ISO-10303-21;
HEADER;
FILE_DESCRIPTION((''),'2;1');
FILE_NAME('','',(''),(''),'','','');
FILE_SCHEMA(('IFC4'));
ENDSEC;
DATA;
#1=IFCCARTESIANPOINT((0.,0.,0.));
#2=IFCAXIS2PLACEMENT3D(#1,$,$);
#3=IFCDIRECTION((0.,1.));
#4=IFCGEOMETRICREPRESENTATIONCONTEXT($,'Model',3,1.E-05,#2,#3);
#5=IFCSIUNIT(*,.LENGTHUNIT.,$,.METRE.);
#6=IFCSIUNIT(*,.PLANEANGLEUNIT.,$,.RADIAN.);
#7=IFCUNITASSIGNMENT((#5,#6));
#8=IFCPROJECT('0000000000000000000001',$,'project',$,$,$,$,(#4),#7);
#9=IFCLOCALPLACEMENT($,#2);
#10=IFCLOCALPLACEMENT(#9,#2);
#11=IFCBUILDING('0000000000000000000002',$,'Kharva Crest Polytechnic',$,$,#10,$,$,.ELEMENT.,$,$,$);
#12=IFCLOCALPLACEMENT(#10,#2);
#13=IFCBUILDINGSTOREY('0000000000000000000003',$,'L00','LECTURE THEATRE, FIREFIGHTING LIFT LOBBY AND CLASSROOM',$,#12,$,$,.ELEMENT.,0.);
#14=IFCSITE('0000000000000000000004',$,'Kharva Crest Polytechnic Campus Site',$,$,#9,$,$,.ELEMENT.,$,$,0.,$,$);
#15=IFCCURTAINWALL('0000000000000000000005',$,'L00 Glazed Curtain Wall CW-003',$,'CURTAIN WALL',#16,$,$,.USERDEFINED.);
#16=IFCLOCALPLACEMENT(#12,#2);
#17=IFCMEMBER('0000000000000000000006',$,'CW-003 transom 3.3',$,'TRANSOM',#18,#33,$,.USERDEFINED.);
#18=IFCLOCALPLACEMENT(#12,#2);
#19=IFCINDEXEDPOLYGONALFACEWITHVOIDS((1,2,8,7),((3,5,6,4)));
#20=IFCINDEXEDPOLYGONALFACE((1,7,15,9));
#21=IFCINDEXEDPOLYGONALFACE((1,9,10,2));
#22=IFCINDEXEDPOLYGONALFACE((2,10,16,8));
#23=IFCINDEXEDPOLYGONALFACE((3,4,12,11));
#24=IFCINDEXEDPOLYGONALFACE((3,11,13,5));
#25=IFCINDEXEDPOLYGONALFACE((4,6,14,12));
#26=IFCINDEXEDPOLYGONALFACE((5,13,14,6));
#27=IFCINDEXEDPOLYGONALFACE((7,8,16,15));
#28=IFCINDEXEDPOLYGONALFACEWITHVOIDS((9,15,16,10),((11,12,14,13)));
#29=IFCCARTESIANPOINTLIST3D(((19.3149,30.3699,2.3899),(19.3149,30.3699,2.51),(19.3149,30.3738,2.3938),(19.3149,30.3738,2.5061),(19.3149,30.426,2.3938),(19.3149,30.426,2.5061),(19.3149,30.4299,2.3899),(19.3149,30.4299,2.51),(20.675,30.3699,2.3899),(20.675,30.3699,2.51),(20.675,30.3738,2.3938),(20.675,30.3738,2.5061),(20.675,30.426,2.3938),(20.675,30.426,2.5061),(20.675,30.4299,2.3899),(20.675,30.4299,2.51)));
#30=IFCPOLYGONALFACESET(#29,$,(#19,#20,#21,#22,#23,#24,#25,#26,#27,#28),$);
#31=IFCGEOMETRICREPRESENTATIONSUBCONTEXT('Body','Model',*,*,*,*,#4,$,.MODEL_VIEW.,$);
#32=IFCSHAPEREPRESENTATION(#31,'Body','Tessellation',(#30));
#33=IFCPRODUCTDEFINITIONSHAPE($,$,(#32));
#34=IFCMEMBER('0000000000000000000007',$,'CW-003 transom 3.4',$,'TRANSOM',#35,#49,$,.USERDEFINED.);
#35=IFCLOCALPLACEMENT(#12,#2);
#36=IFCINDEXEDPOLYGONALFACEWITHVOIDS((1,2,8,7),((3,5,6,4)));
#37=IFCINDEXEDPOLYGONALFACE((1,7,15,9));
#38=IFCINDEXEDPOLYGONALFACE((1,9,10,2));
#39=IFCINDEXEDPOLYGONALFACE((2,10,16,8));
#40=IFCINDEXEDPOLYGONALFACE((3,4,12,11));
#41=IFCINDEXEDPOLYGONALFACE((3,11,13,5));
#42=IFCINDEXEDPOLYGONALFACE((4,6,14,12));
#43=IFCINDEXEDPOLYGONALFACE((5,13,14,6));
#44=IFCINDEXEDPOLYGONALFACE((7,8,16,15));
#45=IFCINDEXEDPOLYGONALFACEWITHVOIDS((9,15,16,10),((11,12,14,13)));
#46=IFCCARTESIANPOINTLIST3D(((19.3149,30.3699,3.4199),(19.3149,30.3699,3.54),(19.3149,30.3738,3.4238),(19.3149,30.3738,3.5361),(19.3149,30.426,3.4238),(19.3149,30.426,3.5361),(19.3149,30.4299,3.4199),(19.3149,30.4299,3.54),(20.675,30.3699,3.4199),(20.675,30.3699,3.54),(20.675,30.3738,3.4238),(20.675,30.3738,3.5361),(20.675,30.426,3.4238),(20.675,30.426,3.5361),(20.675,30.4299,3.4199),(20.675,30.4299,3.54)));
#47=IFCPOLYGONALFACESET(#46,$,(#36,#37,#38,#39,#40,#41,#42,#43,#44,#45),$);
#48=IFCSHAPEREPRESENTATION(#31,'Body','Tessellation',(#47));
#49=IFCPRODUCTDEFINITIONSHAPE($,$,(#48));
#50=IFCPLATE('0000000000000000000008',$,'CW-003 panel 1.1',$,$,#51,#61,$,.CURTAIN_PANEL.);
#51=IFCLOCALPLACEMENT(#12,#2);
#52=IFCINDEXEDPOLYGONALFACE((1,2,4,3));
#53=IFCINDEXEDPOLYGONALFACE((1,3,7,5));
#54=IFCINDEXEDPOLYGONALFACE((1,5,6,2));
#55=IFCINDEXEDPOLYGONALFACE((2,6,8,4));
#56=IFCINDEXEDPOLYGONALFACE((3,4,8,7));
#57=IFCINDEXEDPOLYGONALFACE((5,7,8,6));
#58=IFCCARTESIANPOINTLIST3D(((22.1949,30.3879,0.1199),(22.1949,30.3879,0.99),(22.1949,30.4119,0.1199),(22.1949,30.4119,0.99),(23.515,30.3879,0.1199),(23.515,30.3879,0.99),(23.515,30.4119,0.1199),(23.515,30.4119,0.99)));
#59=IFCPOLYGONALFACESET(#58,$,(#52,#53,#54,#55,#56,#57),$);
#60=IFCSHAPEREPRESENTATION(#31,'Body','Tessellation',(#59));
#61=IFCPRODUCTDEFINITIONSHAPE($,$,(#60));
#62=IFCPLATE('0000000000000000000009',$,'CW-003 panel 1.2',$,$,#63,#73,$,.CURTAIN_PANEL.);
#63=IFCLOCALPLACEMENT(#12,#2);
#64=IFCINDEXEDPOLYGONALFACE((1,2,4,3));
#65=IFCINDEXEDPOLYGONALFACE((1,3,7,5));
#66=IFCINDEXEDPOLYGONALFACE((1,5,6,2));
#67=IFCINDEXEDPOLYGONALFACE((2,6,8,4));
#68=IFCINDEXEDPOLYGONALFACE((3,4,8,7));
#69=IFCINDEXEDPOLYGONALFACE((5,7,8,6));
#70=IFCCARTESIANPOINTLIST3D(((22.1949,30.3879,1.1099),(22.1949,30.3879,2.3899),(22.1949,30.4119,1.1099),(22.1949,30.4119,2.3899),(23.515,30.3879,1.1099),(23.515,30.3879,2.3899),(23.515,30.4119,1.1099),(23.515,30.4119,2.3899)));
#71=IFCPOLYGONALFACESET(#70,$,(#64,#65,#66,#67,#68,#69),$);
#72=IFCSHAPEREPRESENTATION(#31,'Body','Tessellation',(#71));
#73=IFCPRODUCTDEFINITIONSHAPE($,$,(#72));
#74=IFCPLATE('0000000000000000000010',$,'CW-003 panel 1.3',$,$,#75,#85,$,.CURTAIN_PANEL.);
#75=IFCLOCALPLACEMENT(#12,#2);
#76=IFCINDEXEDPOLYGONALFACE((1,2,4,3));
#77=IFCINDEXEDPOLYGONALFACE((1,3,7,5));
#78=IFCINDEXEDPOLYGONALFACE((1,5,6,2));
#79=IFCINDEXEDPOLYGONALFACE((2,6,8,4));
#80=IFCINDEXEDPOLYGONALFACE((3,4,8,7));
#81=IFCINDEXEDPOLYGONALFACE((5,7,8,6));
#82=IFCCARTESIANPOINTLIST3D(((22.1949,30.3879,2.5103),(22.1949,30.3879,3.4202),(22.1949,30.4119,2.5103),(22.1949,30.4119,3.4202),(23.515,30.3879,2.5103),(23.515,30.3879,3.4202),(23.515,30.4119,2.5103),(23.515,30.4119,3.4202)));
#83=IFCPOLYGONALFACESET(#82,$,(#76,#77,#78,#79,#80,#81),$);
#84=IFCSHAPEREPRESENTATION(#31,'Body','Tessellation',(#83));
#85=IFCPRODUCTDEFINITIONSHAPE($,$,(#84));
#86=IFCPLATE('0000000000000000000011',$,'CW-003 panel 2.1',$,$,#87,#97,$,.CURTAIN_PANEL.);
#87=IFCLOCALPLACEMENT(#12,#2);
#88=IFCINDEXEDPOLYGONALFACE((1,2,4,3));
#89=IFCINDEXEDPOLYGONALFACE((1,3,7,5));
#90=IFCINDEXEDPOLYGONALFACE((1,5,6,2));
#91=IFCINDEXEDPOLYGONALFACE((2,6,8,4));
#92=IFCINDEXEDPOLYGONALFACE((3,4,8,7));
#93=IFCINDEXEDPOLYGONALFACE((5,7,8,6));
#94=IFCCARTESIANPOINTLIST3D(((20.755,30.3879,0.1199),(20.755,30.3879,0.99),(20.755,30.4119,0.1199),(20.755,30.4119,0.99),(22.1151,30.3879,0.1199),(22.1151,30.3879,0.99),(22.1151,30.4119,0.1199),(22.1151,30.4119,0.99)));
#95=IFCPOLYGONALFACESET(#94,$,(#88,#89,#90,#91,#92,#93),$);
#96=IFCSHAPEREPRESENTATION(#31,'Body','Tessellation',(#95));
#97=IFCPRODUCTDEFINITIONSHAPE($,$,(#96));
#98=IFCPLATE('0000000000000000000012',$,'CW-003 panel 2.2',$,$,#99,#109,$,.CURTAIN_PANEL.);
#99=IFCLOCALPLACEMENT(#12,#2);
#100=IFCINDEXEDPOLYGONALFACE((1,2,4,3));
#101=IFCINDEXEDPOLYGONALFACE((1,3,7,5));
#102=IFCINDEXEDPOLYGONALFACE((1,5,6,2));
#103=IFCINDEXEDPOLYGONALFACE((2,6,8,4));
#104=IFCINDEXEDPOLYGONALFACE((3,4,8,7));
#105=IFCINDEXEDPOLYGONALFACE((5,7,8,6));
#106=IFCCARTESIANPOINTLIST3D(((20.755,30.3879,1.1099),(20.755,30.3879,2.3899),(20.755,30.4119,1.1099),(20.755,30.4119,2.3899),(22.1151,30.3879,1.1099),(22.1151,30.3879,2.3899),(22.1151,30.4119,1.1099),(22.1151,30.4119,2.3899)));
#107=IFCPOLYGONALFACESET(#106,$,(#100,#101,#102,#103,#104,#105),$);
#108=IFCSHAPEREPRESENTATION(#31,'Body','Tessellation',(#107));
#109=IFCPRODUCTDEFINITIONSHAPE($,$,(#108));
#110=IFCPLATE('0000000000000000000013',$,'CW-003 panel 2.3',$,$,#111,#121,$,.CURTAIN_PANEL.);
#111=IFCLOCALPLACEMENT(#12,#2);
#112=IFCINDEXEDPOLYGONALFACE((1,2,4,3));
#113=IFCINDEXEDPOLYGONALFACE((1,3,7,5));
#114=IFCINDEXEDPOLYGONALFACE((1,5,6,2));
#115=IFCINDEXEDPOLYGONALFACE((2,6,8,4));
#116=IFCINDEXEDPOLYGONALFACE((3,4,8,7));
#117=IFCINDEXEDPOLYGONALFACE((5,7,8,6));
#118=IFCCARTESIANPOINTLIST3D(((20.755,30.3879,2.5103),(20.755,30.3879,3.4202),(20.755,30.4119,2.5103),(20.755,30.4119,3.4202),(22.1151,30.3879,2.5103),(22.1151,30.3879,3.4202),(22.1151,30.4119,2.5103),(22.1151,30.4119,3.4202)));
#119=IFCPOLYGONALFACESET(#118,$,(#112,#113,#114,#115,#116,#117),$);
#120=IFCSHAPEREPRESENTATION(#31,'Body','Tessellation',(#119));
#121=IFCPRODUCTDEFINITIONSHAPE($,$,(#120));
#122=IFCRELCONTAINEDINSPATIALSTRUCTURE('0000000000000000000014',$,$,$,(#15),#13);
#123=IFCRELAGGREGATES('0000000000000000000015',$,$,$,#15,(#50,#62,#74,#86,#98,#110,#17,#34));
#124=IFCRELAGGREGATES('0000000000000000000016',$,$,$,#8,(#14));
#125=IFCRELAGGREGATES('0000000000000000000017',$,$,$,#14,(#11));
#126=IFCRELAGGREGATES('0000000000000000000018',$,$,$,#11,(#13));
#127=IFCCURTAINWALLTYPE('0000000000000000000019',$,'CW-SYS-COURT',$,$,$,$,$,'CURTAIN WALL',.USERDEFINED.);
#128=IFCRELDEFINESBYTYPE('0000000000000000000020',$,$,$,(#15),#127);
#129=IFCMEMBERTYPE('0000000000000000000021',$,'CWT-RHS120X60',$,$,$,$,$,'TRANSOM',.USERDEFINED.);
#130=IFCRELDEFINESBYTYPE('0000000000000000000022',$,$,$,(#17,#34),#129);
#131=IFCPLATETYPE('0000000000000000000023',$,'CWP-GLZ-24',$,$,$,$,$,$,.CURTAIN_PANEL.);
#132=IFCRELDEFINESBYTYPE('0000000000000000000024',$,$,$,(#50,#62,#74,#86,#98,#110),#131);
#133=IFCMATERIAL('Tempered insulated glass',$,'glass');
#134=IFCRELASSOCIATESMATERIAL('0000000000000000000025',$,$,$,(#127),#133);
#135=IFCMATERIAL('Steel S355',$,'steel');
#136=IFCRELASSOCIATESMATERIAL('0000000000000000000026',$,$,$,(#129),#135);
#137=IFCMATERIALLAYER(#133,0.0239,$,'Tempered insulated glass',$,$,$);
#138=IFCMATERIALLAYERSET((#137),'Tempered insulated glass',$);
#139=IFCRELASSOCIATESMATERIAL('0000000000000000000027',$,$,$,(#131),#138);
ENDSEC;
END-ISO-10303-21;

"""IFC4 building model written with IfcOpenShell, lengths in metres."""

from ifc_helpers import new_model, si_unit, direction, frame, origin, origin_2d, place, context, subcontext, project, spatial, rectangle, hollow_rectangle, extrude, material, layer, layer_set, material_profile, profile_set, type_object, element, aggregate, save


model = new_model("IFC4")

# Units and contexts
model_context = context("Model", 3, precision=1e-05, world=origin(), true_north=direction((0.0, 1.0)))
body_context = subcontext(model_context, "Body", "Model", "MODEL_VIEW")
ifc_project = project(units=[si_unit("LENGTHUNIT", "METRE"), si_unit("PLANEANGLEUNIT", "RADIAN")], contexts=[model_context])

# Site, building, storey
site_placement = place(None, origin())
site = spatial("IfcSite", under=ifc_project, at=site_placement, Name="Kharva Crest Polytechnic Campus Site", CompositionType="ELEMENT", RefElevation=0.0)
building_placement = place(site_placement, origin())
building = spatial("IfcBuilding", under=site, at=building_placement, Name="Kharva Crest Polytechnic", CompositionType="ELEMENT")
storey_placement = place(building_placement, origin())
storey = spatial("IfcBuildingStorey", under=building, at=storey_placement, Name="L00", Description="LECTURE THEATRE, FIREFIGHTING LIFT LOBBY AND CLASSROOM", CompositionType="ELEMENT", Elevation=0.0)

# Curtain wall, members, plates
ifc_material_1 = material(Name="Tempered insulated glass", Category="glass")
curtain_wall_type = type_object("IfcCurtainWallType", Name="CW-SYS-COURT", ElementType="CURTAIN WALL", PredefinedType="USERDEFINED", material=ifc_material_1)
curtain_wall_placement = place(storey_placement, origin())
curtain_wall = element("IfcCurtainWall", 1, at=curtain_wall_placement, inside=storey, type_object=curtain_wall_type, Name="L00 Glazed Curtain Wall CW-003", ObjectType="CURTAIN WALL", PredefinedType="USERDEFINED")
ifc_material_2 = material(Name="Steel S355", Category="steel")
ifc_material_profile_1 = material_profile(ifc_material_2, hollow_rectangle(XDim=0.0601, YDim=0.1201, WallThickness=0.0039, at=origin_2d()), Name="RHS 120X60X4.0")
ifc_profile_set_1 = profile_set([ifc_material_profile_1], Name="Steel S355")
member_type_1 = type_object("IfcMemberType", Name="CWT-RHS120X60", ElementType="TRANSOM", PredefinedType="USERDEFINED", material=ifc_profile_set_1)
member_1_placement = place(storey_placement, frame((20.675, 30.3999, 2.45), z_axis=(-1.0, 0.0, 0.0), x_axis=(0.0, -1.0, 0.0)))
member_1 = element("IfcMember", 2, at=member_1_placement, type_object=member_type_1, Name="CW-003 transom 3.3", ObjectType="TRANSOM", PredefinedType="USERDEFINED", context=body_context, shape_type="SweptSolid", body=[
    extrude(hollow_rectangle(XDim=0.0601, YDim=0.1201, WallThickness=0.0039, at=origin_2d()), origin(), (0.0, 0.0, 1.0), 1.3601),
])
member_2_placement = place(storey_placement, frame((20.675, 30.3999, 3.48), z_axis=(-1.0, 0.0, 0.0), x_axis=(0.0, -1.0, 0.0)))
member_2 = element("IfcMember", 3, at=member_2_placement, type_object=member_type_1, Name="CW-003 transom 3.4", ObjectType="TRANSOM", PredefinedType="USERDEFINED", context=body_context, shape_type="SweptSolid", body=[
    extrude(hollow_rectangle(XDim=0.0601, YDim=0.1201, WallThickness=0.0039, at=origin_2d()), origin(), (0.0, 0.0, 1.0), 1.3601),
])
ifc_layer = layer(ifc_material_1, 0.0239, Name="Tempered insulated glass")
ifc_layer_set = layer_set([ifc_layer], Name="Tempered insulated glass")
plate_type = type_object("IfcPlateType", Name="CWP-GLZ-24", PredefinedType="CURTAIN_PANEL", material=ifc_layer_set)
plate_1_placement = place(storey_placement, frame((22.855, 30.3999, 0.1199), z_axis=(0.0, 0.0, 1.0), x_axis=(-1.0, 0.0, 0.0)))
plate_1 = element("IfcPlate", 4, at=plate_1_placement, type_object=plate_type, Name="CW-003 panel 1.1", PredefinedType="CURTAIN_PANEL", context=body_context, shape_type="SweptSolid", body=[
    extrude(rectangle(XDim=1.3201, YDim=0.0239, at=origin_2d()), origin(), (0.0, 0.0, 1.0), 0.8701),
])
plate_2_placement = place(storey_placement, frame((22.855, 30.3999, 1.1099), z_axis=(0.0, 0.0, 1.0), x_axis=(-1.0, 0.0, 0.0)))
plate_2 = element("IfcPlate", 5, at=plate_2_placement, type_object=plate_type, Name="CW-003 panel 1.2", PredefinedType="CURTAIN_PANEL", context=body_context, shape_type="SweptSolid", body=[
    extrude(rectangle(XDim=1.3201, YDim=0.0239, at=origin_2d()), origin(), (0.0, 0.0, 1.0), 1.28),
])
plate_3_placement = place(storey_placement, frame((22.855, 30.3999, 2.5103), z_axis=(0.0, 0.0, 1.0), x_axis=(-1.0, 0.0, 0.0)))
plate_3 = element("IfcPlate", 6, at=plate_3_placement, type_object=plate_type, Name="CW-003 panel 1.3", PredefinedType="CURTAIN_PANEL", context=body_context, shape_type="SweptSolid", body=[
    extrude(rectangle(XDim=1.3201, YDim=0.0239, at=origin_2d()), origin(), (0.0, 0.0, 1.0), 0.9099),
])
plate_4_placement = place(storey_placement, frame((21.4351, 30.3999, 0.1199), z_axis=(0.0, 0.0, 1.0), x_axis=(-1.0, 0.0, 0.0)))
plate_4 = element("IfcPlate", 7, at=plate_4_placement, type_object=plate_type, Name="CW-003 panel 2.1", PredefinedType="CURTAIN_PANEL", context=body_context, shape_type="SweptSolid", body=[
    extrude(rectangle(XDim=1.3601, YDim=0.0239, at=origin_2d()), origin(), (0.0, 0.0, 1.0), 0.8701),
])
plate_5_placement = place(storey_placement, frame((21.4351, 30.3999, 1.1099), z_axis=(0.0, 0.0, 1.0), x_axis=(-1.0, 0.0, 0.0)))
plate_5 = element("IfcPlate", 8, at=plate_5_placement, type_object=plate_type, Name="CW-003 panel 2.2", PredefinedType="CURTAIN_PANEL", context=body_context, shape_type="SweptSolid", body=[
    extrude(rectangle(XDim=1.3601, YDim=0.0239, at=origin_2d()), origin(), (0.0, 0.0, 1.0), 1.28),
])
plate_6_placement = place(storey_placement, frame((21.4351, 30.3999, 2.5103), z_axis=(0.0, 0.0, 1.0), x_axis=(-1.0, 0.0, 0.0)))
plate_6 = element("IfcPlate", 9, at=plate_6_placement, type_object=plate_type, Name="CW-003 panel 2.3", PredefinedType="CURTAIN_PANEL", context=body_context, shape_type="SweptSolid", body=[
    extrude(rectangle(XDim=1.3601, YDim=0.0239, at=origin_2d()), origin(), (0.0, 0.0, 1.0), 0.9099),
])
aggregate(curtain_wall, [plate_1, plate_2, plate_3, plate_4, plate_5, plate_6, member_1, member_2])

save(model, "model.ifc")
